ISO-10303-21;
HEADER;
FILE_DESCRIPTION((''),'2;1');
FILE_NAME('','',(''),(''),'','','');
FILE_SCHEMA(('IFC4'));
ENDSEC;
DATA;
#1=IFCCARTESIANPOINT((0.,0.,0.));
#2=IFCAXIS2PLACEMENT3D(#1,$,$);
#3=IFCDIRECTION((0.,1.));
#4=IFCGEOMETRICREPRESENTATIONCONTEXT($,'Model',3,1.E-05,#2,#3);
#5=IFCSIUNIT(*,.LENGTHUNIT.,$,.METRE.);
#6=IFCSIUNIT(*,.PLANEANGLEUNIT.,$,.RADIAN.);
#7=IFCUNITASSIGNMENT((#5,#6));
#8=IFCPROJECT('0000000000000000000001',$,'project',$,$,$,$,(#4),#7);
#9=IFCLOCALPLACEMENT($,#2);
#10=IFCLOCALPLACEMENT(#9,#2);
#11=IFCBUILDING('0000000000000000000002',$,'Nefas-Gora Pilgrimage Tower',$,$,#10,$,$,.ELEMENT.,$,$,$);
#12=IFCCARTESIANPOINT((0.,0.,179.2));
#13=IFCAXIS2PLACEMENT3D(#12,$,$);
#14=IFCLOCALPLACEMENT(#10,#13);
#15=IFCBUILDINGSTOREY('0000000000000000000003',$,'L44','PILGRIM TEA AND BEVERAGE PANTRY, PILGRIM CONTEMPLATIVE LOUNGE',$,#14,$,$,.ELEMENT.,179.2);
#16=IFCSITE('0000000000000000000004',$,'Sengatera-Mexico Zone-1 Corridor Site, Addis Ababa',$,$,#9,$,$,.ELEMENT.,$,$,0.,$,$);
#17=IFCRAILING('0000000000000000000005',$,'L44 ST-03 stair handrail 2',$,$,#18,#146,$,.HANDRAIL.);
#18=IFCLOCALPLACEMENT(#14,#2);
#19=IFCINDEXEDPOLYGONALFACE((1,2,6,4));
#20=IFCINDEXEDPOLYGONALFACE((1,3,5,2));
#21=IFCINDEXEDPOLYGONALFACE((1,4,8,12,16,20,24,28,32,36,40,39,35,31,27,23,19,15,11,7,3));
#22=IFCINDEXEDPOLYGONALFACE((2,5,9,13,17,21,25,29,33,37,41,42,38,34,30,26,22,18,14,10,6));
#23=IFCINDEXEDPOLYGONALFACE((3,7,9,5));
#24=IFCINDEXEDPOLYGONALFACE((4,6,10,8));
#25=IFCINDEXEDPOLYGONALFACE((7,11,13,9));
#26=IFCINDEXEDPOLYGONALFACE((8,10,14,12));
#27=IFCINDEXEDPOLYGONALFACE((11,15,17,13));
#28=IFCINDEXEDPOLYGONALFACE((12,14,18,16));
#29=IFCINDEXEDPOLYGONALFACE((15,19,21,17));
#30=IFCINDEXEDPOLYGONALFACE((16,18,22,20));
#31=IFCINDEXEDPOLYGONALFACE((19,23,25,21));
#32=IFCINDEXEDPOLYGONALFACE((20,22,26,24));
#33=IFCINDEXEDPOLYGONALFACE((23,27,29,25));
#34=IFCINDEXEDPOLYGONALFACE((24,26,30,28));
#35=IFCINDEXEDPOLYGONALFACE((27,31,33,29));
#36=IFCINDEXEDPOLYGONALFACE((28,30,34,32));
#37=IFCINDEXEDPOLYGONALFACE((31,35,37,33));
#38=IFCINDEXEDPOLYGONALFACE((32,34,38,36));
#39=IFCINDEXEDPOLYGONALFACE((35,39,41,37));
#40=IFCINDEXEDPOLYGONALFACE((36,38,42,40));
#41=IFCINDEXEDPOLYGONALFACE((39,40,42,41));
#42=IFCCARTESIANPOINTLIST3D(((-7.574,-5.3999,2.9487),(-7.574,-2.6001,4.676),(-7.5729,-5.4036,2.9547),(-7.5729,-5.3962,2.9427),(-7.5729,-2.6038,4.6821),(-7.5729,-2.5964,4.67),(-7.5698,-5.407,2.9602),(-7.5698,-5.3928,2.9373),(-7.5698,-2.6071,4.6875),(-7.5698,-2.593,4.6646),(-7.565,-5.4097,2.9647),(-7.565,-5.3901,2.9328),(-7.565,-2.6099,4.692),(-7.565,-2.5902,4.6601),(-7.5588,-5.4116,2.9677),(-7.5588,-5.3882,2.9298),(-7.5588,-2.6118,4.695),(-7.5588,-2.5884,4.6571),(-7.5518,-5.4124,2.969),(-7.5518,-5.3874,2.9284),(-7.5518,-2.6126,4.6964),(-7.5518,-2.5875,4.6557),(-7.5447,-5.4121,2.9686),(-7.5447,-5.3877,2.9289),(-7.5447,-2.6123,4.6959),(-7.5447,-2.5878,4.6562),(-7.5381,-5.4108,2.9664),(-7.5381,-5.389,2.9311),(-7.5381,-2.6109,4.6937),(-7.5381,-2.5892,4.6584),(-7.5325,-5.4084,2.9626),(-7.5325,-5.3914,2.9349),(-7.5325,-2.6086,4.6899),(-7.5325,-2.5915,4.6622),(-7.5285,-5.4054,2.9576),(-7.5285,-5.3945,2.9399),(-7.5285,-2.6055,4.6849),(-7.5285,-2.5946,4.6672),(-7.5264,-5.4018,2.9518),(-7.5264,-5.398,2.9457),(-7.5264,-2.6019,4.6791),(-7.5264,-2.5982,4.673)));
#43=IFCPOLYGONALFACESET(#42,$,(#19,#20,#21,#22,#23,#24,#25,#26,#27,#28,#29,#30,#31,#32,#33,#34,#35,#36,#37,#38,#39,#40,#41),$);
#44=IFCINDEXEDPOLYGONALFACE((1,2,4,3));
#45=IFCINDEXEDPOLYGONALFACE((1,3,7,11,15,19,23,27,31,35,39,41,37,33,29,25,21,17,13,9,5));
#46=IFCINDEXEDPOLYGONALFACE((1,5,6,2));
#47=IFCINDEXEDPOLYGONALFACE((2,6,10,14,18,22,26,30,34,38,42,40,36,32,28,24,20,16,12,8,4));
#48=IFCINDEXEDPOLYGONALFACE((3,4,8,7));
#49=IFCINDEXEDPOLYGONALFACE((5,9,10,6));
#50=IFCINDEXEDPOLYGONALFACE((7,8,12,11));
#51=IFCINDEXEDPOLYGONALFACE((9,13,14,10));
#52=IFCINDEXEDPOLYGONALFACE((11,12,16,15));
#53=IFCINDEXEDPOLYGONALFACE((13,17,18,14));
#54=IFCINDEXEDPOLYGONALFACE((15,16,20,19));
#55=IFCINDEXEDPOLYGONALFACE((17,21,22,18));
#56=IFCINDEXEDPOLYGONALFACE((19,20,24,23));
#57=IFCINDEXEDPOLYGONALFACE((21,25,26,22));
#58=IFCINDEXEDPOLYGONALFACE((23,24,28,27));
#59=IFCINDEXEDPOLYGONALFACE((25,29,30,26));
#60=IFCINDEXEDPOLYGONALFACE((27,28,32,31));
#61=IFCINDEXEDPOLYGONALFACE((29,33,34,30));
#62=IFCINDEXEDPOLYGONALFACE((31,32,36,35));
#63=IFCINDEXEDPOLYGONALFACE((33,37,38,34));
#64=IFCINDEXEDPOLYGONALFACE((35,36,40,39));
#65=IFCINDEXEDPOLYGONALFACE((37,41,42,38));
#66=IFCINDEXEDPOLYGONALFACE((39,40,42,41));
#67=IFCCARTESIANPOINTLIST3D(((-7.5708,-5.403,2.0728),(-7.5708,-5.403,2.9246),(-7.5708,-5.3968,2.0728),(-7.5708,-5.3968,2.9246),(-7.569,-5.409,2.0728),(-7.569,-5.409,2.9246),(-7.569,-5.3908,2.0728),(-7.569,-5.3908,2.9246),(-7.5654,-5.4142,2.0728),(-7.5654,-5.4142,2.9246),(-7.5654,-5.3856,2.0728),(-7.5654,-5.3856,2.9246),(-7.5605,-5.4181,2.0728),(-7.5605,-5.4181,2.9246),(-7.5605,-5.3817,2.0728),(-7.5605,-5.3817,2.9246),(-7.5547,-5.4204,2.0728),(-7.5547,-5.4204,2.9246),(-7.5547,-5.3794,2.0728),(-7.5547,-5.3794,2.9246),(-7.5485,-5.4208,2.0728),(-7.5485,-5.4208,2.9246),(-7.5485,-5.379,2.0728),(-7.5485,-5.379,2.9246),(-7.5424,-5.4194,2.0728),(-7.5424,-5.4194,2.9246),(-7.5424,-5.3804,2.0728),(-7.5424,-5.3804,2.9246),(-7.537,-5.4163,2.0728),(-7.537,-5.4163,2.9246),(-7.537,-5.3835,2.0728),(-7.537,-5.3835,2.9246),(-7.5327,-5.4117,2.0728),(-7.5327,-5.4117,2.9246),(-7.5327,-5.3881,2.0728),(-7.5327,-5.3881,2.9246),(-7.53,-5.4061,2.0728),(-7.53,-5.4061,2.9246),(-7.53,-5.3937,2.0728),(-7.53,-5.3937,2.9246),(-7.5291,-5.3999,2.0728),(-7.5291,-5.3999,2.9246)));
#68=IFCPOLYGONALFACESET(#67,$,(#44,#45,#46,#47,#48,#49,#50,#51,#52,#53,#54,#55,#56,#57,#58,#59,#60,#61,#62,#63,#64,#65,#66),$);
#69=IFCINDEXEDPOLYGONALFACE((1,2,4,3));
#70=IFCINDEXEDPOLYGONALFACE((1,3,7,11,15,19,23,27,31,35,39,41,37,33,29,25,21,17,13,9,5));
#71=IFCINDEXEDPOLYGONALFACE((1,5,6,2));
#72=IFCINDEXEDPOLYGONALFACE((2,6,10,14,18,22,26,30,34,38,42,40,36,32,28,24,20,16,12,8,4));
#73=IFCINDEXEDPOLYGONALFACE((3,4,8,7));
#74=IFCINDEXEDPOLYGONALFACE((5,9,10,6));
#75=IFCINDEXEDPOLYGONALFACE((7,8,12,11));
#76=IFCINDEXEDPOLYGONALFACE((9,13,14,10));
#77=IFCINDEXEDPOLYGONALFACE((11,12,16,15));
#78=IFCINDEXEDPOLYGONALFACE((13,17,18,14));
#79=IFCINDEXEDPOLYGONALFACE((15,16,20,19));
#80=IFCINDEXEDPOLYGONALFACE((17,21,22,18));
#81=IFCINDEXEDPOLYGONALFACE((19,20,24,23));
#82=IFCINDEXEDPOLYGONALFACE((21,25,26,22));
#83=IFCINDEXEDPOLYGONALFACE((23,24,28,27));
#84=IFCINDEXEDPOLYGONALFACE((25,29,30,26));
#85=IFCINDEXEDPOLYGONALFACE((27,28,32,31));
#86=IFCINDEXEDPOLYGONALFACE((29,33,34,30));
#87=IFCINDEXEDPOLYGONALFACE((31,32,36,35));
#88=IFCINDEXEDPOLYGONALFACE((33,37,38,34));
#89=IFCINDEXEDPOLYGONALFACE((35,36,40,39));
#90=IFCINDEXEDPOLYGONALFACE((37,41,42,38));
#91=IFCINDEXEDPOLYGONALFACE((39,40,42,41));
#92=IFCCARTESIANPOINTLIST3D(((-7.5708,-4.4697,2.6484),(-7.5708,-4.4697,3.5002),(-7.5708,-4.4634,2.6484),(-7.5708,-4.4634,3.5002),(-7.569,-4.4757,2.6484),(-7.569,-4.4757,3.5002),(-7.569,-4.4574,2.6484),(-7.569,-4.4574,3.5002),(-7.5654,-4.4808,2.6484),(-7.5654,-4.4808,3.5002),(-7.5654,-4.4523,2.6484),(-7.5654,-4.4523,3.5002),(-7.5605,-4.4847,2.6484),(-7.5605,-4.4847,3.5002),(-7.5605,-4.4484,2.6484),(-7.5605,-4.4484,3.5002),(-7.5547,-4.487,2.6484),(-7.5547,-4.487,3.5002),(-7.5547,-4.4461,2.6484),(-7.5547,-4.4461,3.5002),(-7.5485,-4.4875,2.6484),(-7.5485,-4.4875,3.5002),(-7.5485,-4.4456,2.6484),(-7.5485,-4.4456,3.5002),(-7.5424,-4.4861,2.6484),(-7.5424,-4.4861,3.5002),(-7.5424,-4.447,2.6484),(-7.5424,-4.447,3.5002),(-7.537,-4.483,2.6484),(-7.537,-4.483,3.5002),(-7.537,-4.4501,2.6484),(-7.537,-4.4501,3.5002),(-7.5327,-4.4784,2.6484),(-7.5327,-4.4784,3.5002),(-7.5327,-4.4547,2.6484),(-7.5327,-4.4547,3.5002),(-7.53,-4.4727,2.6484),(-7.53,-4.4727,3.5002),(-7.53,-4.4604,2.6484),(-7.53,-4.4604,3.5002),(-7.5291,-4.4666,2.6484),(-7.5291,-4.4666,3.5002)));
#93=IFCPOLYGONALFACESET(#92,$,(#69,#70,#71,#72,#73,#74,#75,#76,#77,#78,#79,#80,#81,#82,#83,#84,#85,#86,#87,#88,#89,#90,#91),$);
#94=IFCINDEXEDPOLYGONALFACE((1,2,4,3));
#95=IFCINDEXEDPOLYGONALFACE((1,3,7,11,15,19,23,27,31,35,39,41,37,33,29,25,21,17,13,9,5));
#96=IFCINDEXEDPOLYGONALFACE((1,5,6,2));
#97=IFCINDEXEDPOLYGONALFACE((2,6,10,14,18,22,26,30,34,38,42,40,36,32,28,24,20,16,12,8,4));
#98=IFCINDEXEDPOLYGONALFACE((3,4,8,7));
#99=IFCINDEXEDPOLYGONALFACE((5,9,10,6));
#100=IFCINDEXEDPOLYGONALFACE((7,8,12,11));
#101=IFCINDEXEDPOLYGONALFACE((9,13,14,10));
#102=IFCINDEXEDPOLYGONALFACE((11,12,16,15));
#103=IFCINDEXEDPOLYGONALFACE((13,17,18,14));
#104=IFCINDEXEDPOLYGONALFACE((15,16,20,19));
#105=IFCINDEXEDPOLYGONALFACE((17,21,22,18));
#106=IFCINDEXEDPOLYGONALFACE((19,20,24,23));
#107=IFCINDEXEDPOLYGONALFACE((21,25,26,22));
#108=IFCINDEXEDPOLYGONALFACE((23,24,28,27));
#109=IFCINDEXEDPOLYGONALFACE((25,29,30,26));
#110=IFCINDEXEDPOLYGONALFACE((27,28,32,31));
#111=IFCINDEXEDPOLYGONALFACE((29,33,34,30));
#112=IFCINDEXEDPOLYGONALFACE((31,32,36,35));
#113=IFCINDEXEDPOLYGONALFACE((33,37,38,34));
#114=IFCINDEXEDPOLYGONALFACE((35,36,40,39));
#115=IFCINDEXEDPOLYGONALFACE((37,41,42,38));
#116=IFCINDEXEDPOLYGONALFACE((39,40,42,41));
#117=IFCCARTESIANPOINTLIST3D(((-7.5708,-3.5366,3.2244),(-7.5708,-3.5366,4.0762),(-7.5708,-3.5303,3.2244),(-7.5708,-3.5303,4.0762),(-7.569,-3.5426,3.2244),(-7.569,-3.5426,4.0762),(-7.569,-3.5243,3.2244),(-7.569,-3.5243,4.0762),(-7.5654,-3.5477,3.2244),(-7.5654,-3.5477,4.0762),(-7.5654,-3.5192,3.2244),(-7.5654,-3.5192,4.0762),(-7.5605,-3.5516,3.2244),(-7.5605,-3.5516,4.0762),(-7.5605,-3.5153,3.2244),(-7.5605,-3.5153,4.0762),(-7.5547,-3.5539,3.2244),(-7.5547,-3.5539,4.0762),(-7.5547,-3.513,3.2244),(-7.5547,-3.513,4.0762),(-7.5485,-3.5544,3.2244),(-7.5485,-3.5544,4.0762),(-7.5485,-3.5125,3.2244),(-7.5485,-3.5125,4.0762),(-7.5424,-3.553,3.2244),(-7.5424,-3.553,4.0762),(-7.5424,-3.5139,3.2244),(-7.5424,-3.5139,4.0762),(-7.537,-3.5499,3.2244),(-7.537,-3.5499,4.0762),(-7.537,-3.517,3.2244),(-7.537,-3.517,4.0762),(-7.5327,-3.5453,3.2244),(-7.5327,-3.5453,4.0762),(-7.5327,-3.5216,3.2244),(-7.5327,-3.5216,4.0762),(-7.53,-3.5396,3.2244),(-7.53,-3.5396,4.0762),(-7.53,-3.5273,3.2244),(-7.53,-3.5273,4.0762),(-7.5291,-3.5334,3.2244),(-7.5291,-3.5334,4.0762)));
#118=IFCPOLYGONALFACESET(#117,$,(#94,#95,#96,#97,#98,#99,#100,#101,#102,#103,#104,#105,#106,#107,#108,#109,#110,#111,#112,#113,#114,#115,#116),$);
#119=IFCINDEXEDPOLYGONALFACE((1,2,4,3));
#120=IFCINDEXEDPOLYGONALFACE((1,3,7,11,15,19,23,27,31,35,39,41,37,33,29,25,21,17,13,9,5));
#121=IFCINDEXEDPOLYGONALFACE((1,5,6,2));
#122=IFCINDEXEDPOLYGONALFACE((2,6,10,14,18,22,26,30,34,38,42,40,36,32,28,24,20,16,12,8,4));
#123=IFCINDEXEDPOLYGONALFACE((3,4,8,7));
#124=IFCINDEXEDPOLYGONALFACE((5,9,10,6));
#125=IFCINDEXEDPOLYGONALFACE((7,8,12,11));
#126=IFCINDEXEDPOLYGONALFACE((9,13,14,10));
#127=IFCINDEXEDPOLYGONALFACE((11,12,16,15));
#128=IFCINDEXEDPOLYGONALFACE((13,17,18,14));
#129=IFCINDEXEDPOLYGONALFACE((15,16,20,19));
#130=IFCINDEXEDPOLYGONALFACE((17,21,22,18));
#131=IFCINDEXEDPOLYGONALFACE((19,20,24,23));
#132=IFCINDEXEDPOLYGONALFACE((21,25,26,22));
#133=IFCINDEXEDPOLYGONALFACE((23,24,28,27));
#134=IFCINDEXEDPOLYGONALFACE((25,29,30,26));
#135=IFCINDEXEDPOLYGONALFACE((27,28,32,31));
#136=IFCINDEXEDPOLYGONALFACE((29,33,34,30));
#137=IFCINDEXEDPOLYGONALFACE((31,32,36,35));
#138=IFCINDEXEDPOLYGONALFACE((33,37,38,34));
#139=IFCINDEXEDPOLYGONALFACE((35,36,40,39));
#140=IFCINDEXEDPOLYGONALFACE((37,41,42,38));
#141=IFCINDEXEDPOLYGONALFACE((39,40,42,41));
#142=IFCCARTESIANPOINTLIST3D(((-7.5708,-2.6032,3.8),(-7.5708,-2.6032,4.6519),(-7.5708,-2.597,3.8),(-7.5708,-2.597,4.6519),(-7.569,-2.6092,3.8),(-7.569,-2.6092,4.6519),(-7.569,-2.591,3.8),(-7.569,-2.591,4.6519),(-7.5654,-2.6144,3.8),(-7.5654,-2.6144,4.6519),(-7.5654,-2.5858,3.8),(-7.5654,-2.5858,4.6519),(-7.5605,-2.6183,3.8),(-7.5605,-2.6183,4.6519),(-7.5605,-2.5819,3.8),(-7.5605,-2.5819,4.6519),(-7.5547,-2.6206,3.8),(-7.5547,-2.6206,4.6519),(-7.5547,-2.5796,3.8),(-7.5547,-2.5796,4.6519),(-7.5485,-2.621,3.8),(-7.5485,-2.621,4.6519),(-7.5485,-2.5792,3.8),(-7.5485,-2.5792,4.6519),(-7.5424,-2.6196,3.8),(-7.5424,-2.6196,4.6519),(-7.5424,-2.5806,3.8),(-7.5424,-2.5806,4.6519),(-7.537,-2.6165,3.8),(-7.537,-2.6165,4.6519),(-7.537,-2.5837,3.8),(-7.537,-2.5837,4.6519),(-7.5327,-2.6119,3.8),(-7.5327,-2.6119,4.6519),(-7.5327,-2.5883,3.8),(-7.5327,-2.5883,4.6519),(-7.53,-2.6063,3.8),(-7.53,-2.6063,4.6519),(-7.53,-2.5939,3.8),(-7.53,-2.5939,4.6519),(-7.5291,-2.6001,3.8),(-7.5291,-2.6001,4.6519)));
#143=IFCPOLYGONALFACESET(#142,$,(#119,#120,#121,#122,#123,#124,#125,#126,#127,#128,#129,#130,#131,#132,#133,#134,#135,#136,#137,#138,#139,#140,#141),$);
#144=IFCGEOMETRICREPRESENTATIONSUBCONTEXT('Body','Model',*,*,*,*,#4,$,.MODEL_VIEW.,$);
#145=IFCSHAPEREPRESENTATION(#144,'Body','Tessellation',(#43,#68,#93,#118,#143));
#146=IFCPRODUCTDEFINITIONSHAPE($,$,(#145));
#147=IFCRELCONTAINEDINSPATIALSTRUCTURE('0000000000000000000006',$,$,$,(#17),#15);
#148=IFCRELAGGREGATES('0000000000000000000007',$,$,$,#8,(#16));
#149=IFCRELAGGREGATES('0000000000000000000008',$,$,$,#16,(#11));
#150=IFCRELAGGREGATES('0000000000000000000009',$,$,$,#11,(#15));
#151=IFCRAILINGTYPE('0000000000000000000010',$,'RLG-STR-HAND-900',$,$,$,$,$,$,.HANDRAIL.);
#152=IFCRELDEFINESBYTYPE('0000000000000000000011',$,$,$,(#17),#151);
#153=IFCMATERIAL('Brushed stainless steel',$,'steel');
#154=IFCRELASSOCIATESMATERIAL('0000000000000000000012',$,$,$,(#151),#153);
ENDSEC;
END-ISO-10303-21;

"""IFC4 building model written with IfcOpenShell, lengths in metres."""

from ifc_helpers import new_model, si_unit, direction, frame, origin, origin_2d, place, context, subcontext, project, spatial, circle, extrude, material, type_object, element, save


model = new_model("IFC4")

# Units and contexts
model_context = context("Model", 3, precision=1e-05, world=origin(), true_north=direction((0.0, 1.0)))
body_context = subcontext(model_context, "Body", "Model", "MODEL_VIEW")
ifc_project = project(units=[si_unit("LENGTHUNIT", "METRE"), si_unit("PLANEANGLEUNIT", "RADIAN")], contexts=[model_context])

# Site, building, storey
site_placement = place(None, origin())
site = spatial("IfcSite", under=ifc_project, at=site_placement, Name="Sengatera-Mexico Zone-1 Corridor Site, Addis Ababa", CompositionType="ELEMENT", RefElevation=0.0)
building_placement = place(site_placement, origin())
building = spatial("IfcBuilding", under=site, at=building_placement, Name="Nefas-Gora Pilgrimage Tower", CompositionType="ELEMENT")
storey_placement = place(building_placement, frame((0.0, 0.0, 179.2)))
storey = spatial("IfcBuildingStorey", under=building, at=storey_placement, Name="L44", Description="PILGRIM TEA AND BEVERAGE PANTRY, PILGRIM CONTEMPLATIVE LOUNGE", CompositionType="ELEMENT", Elevation=179.2)

# Railing
ifc_material_1 = material(Name="Brushed stainless steel", Category="steel")
railing_type_1 = type_object("IfcRailingType", Name="RLG-STR-HAND-900", PredefinedType="HANDRAIL", material=ifc_material_1)
railing_1_placement = place(storey_placement, frame((-7.55, -5.3999, 2.0728)))
element("IfcRailing", 1, at=railing_1_placement, inside=storey, type_object=railing_type_1, Name="L44 ST-03 stair handrail 2", PredefinedType="HANDRAIL", context=body_context, shape_type="SweptSolid", body=[
    extrude(circle(Radius=0.0239, at=origin_2d()), frame((0.0, 0.0, 0.876), z_axis=(0.0, 0.851069, 0.525054), x_axis=(-1.0, 0.0, 0.0)), (0.0, 0.0, 1.0), 3.2898),
    extrude(circle(Radius=0.021, at=origin_2d()), origin(), (0.0, 0.0, 1.0), 0.8518),
    extrude(circle(Radius=0.021, at=origin_2d()), frame((0.0, 0.9333, 0.5757)), (0.0, 0.0, 1.0), 0.8518),
    extrude(circle(Radius=0.021, at=origin_2d()), frame((0.0, 1.8665, 1.1516)), (0.0, 0.0, 1.0), 0.8518),
    extrude(circle(Radius=0.021, at=origin_2d()), frame((0.0, 2.7998, 1.7273)), (0.0, 0.0, 1.0), 0.8518),
])

save(model, "model.ifc")
